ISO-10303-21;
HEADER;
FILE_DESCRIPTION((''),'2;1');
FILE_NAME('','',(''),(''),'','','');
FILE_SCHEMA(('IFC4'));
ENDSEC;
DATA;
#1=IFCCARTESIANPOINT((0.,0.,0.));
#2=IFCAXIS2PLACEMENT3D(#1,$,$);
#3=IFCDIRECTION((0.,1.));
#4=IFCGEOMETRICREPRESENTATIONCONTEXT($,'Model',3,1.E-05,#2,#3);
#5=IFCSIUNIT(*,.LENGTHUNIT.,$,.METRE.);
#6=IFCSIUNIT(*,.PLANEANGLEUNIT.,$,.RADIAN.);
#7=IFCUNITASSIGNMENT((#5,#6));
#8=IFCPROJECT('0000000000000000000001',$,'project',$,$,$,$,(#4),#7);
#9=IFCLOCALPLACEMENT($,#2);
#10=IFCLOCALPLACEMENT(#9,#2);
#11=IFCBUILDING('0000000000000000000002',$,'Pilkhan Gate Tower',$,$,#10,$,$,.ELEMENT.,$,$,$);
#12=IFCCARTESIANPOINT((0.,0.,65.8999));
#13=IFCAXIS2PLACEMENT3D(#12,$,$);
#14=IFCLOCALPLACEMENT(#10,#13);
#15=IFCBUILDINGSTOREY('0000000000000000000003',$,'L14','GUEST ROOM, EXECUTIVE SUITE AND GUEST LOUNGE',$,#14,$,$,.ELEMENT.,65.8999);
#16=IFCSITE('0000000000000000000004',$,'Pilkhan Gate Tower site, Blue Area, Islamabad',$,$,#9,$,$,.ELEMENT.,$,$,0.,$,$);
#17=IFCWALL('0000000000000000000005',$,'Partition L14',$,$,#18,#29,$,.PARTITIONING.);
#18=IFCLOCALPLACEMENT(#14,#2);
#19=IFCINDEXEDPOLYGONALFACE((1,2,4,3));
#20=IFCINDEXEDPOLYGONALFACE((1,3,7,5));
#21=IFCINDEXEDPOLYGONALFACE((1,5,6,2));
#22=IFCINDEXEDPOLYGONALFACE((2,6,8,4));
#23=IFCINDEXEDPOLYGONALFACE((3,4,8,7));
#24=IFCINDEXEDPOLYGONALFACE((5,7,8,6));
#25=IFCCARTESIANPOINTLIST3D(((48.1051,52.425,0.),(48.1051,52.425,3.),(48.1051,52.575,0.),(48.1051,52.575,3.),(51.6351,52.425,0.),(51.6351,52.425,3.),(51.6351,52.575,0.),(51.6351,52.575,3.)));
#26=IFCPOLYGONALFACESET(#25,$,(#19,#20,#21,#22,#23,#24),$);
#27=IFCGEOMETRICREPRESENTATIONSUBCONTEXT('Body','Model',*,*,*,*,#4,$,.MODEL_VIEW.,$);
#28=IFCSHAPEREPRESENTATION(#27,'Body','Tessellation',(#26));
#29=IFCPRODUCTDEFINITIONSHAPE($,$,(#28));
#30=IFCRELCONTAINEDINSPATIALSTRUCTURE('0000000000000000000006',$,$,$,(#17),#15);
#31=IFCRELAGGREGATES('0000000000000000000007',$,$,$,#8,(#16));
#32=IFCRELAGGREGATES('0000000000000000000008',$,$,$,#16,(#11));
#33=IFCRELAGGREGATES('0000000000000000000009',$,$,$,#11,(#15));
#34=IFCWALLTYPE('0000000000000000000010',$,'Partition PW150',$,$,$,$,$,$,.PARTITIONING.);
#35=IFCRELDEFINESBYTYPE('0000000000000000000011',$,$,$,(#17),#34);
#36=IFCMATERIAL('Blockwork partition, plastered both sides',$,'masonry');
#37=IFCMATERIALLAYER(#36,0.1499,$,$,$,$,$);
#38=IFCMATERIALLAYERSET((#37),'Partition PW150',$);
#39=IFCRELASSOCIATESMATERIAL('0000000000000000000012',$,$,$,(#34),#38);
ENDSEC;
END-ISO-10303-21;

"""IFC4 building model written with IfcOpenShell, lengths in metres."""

from ifc_helpers import new_model, si_unit, direction, frame, frame_2d, origin, place, context, subcontext, project, spatial, rectangle, extrude, material, layer, layer_set, type_object, element, save


model = new_model("IFC4")

# Units and contexts
model_context = context("Model", 3, precision=1e-05, world=origin(), true_north=direction((0.0, 1.0)))
body_context = subcontext(model_context, "Body", "Model", "MODEL_VIEW")
ifc_project = project(units=[si_unit("LENGTHUNIT", "METRE"), si_unit("PLANEANGLEUNIT", "RADIAN")], contexts=[model_context])

# Site, building, storey
site_placement = place(None, origin())
site = spatial("IfcSite", under=ifc_project, at=site_placement, Name="Pilkhan Gate Tower site, Blue Area, Islamabad", CompositionType="ELEMENT", RefElevation=0.0)
building_placement = place(site_placement, origin())
building = spatial("IfcBuilding", under=site, at=building_placement, Name="Pilkhan Gate Tower", CompositionType="ELEMENT")
storey_placement = place(building_placement, frame((0.0, 0.0, 65.8999)))
storey = spatial("IfcBuildingStorey", under=building, at=storey_placement, Name="L14", Description="GUEST ROOM, EXECUTIVE SUITE AND GUEST LOUNGE", CompositionType="ELEMENT", Elevation=65.8999)

# Wall
ifc_material_1 = material(Name="Blockwork partition, plastered both sides", Category="masonry")
ifc_layer_1 = layer(ifc_material_1, 0.1499)
ifc_layer_set_1 = layer_set([ifc_layer_1], Name="Partition PW150")
wall_type_1 = type_object("IfcWallType", Name="Partition PW150", PredefinedType="PARTITIONING", material=ifc_layer_set_1)
wall_1_placement = place(storey_placement, frame((48.105, 52.5, 0.0), z_axis=(0.0, 0.0, 1.0), x_axis=(1.0, 0.0, 0.0)))
element("IfcWall", 1, at=wall_1_placement, inside=storey, type_object=wall_type_1, Name="Partition L14", PredefinedType="PARTITIONING", context=body_context, shape_type="SweptSolid", body=[
    extrude(rectangle(XDim=3.53, YDim=0.1499, at=frame_2d((1.7651, 0.0))), origin(), (0.0, 0.0, 1.0), 3.0),
])

save(model, "model.ifc")
